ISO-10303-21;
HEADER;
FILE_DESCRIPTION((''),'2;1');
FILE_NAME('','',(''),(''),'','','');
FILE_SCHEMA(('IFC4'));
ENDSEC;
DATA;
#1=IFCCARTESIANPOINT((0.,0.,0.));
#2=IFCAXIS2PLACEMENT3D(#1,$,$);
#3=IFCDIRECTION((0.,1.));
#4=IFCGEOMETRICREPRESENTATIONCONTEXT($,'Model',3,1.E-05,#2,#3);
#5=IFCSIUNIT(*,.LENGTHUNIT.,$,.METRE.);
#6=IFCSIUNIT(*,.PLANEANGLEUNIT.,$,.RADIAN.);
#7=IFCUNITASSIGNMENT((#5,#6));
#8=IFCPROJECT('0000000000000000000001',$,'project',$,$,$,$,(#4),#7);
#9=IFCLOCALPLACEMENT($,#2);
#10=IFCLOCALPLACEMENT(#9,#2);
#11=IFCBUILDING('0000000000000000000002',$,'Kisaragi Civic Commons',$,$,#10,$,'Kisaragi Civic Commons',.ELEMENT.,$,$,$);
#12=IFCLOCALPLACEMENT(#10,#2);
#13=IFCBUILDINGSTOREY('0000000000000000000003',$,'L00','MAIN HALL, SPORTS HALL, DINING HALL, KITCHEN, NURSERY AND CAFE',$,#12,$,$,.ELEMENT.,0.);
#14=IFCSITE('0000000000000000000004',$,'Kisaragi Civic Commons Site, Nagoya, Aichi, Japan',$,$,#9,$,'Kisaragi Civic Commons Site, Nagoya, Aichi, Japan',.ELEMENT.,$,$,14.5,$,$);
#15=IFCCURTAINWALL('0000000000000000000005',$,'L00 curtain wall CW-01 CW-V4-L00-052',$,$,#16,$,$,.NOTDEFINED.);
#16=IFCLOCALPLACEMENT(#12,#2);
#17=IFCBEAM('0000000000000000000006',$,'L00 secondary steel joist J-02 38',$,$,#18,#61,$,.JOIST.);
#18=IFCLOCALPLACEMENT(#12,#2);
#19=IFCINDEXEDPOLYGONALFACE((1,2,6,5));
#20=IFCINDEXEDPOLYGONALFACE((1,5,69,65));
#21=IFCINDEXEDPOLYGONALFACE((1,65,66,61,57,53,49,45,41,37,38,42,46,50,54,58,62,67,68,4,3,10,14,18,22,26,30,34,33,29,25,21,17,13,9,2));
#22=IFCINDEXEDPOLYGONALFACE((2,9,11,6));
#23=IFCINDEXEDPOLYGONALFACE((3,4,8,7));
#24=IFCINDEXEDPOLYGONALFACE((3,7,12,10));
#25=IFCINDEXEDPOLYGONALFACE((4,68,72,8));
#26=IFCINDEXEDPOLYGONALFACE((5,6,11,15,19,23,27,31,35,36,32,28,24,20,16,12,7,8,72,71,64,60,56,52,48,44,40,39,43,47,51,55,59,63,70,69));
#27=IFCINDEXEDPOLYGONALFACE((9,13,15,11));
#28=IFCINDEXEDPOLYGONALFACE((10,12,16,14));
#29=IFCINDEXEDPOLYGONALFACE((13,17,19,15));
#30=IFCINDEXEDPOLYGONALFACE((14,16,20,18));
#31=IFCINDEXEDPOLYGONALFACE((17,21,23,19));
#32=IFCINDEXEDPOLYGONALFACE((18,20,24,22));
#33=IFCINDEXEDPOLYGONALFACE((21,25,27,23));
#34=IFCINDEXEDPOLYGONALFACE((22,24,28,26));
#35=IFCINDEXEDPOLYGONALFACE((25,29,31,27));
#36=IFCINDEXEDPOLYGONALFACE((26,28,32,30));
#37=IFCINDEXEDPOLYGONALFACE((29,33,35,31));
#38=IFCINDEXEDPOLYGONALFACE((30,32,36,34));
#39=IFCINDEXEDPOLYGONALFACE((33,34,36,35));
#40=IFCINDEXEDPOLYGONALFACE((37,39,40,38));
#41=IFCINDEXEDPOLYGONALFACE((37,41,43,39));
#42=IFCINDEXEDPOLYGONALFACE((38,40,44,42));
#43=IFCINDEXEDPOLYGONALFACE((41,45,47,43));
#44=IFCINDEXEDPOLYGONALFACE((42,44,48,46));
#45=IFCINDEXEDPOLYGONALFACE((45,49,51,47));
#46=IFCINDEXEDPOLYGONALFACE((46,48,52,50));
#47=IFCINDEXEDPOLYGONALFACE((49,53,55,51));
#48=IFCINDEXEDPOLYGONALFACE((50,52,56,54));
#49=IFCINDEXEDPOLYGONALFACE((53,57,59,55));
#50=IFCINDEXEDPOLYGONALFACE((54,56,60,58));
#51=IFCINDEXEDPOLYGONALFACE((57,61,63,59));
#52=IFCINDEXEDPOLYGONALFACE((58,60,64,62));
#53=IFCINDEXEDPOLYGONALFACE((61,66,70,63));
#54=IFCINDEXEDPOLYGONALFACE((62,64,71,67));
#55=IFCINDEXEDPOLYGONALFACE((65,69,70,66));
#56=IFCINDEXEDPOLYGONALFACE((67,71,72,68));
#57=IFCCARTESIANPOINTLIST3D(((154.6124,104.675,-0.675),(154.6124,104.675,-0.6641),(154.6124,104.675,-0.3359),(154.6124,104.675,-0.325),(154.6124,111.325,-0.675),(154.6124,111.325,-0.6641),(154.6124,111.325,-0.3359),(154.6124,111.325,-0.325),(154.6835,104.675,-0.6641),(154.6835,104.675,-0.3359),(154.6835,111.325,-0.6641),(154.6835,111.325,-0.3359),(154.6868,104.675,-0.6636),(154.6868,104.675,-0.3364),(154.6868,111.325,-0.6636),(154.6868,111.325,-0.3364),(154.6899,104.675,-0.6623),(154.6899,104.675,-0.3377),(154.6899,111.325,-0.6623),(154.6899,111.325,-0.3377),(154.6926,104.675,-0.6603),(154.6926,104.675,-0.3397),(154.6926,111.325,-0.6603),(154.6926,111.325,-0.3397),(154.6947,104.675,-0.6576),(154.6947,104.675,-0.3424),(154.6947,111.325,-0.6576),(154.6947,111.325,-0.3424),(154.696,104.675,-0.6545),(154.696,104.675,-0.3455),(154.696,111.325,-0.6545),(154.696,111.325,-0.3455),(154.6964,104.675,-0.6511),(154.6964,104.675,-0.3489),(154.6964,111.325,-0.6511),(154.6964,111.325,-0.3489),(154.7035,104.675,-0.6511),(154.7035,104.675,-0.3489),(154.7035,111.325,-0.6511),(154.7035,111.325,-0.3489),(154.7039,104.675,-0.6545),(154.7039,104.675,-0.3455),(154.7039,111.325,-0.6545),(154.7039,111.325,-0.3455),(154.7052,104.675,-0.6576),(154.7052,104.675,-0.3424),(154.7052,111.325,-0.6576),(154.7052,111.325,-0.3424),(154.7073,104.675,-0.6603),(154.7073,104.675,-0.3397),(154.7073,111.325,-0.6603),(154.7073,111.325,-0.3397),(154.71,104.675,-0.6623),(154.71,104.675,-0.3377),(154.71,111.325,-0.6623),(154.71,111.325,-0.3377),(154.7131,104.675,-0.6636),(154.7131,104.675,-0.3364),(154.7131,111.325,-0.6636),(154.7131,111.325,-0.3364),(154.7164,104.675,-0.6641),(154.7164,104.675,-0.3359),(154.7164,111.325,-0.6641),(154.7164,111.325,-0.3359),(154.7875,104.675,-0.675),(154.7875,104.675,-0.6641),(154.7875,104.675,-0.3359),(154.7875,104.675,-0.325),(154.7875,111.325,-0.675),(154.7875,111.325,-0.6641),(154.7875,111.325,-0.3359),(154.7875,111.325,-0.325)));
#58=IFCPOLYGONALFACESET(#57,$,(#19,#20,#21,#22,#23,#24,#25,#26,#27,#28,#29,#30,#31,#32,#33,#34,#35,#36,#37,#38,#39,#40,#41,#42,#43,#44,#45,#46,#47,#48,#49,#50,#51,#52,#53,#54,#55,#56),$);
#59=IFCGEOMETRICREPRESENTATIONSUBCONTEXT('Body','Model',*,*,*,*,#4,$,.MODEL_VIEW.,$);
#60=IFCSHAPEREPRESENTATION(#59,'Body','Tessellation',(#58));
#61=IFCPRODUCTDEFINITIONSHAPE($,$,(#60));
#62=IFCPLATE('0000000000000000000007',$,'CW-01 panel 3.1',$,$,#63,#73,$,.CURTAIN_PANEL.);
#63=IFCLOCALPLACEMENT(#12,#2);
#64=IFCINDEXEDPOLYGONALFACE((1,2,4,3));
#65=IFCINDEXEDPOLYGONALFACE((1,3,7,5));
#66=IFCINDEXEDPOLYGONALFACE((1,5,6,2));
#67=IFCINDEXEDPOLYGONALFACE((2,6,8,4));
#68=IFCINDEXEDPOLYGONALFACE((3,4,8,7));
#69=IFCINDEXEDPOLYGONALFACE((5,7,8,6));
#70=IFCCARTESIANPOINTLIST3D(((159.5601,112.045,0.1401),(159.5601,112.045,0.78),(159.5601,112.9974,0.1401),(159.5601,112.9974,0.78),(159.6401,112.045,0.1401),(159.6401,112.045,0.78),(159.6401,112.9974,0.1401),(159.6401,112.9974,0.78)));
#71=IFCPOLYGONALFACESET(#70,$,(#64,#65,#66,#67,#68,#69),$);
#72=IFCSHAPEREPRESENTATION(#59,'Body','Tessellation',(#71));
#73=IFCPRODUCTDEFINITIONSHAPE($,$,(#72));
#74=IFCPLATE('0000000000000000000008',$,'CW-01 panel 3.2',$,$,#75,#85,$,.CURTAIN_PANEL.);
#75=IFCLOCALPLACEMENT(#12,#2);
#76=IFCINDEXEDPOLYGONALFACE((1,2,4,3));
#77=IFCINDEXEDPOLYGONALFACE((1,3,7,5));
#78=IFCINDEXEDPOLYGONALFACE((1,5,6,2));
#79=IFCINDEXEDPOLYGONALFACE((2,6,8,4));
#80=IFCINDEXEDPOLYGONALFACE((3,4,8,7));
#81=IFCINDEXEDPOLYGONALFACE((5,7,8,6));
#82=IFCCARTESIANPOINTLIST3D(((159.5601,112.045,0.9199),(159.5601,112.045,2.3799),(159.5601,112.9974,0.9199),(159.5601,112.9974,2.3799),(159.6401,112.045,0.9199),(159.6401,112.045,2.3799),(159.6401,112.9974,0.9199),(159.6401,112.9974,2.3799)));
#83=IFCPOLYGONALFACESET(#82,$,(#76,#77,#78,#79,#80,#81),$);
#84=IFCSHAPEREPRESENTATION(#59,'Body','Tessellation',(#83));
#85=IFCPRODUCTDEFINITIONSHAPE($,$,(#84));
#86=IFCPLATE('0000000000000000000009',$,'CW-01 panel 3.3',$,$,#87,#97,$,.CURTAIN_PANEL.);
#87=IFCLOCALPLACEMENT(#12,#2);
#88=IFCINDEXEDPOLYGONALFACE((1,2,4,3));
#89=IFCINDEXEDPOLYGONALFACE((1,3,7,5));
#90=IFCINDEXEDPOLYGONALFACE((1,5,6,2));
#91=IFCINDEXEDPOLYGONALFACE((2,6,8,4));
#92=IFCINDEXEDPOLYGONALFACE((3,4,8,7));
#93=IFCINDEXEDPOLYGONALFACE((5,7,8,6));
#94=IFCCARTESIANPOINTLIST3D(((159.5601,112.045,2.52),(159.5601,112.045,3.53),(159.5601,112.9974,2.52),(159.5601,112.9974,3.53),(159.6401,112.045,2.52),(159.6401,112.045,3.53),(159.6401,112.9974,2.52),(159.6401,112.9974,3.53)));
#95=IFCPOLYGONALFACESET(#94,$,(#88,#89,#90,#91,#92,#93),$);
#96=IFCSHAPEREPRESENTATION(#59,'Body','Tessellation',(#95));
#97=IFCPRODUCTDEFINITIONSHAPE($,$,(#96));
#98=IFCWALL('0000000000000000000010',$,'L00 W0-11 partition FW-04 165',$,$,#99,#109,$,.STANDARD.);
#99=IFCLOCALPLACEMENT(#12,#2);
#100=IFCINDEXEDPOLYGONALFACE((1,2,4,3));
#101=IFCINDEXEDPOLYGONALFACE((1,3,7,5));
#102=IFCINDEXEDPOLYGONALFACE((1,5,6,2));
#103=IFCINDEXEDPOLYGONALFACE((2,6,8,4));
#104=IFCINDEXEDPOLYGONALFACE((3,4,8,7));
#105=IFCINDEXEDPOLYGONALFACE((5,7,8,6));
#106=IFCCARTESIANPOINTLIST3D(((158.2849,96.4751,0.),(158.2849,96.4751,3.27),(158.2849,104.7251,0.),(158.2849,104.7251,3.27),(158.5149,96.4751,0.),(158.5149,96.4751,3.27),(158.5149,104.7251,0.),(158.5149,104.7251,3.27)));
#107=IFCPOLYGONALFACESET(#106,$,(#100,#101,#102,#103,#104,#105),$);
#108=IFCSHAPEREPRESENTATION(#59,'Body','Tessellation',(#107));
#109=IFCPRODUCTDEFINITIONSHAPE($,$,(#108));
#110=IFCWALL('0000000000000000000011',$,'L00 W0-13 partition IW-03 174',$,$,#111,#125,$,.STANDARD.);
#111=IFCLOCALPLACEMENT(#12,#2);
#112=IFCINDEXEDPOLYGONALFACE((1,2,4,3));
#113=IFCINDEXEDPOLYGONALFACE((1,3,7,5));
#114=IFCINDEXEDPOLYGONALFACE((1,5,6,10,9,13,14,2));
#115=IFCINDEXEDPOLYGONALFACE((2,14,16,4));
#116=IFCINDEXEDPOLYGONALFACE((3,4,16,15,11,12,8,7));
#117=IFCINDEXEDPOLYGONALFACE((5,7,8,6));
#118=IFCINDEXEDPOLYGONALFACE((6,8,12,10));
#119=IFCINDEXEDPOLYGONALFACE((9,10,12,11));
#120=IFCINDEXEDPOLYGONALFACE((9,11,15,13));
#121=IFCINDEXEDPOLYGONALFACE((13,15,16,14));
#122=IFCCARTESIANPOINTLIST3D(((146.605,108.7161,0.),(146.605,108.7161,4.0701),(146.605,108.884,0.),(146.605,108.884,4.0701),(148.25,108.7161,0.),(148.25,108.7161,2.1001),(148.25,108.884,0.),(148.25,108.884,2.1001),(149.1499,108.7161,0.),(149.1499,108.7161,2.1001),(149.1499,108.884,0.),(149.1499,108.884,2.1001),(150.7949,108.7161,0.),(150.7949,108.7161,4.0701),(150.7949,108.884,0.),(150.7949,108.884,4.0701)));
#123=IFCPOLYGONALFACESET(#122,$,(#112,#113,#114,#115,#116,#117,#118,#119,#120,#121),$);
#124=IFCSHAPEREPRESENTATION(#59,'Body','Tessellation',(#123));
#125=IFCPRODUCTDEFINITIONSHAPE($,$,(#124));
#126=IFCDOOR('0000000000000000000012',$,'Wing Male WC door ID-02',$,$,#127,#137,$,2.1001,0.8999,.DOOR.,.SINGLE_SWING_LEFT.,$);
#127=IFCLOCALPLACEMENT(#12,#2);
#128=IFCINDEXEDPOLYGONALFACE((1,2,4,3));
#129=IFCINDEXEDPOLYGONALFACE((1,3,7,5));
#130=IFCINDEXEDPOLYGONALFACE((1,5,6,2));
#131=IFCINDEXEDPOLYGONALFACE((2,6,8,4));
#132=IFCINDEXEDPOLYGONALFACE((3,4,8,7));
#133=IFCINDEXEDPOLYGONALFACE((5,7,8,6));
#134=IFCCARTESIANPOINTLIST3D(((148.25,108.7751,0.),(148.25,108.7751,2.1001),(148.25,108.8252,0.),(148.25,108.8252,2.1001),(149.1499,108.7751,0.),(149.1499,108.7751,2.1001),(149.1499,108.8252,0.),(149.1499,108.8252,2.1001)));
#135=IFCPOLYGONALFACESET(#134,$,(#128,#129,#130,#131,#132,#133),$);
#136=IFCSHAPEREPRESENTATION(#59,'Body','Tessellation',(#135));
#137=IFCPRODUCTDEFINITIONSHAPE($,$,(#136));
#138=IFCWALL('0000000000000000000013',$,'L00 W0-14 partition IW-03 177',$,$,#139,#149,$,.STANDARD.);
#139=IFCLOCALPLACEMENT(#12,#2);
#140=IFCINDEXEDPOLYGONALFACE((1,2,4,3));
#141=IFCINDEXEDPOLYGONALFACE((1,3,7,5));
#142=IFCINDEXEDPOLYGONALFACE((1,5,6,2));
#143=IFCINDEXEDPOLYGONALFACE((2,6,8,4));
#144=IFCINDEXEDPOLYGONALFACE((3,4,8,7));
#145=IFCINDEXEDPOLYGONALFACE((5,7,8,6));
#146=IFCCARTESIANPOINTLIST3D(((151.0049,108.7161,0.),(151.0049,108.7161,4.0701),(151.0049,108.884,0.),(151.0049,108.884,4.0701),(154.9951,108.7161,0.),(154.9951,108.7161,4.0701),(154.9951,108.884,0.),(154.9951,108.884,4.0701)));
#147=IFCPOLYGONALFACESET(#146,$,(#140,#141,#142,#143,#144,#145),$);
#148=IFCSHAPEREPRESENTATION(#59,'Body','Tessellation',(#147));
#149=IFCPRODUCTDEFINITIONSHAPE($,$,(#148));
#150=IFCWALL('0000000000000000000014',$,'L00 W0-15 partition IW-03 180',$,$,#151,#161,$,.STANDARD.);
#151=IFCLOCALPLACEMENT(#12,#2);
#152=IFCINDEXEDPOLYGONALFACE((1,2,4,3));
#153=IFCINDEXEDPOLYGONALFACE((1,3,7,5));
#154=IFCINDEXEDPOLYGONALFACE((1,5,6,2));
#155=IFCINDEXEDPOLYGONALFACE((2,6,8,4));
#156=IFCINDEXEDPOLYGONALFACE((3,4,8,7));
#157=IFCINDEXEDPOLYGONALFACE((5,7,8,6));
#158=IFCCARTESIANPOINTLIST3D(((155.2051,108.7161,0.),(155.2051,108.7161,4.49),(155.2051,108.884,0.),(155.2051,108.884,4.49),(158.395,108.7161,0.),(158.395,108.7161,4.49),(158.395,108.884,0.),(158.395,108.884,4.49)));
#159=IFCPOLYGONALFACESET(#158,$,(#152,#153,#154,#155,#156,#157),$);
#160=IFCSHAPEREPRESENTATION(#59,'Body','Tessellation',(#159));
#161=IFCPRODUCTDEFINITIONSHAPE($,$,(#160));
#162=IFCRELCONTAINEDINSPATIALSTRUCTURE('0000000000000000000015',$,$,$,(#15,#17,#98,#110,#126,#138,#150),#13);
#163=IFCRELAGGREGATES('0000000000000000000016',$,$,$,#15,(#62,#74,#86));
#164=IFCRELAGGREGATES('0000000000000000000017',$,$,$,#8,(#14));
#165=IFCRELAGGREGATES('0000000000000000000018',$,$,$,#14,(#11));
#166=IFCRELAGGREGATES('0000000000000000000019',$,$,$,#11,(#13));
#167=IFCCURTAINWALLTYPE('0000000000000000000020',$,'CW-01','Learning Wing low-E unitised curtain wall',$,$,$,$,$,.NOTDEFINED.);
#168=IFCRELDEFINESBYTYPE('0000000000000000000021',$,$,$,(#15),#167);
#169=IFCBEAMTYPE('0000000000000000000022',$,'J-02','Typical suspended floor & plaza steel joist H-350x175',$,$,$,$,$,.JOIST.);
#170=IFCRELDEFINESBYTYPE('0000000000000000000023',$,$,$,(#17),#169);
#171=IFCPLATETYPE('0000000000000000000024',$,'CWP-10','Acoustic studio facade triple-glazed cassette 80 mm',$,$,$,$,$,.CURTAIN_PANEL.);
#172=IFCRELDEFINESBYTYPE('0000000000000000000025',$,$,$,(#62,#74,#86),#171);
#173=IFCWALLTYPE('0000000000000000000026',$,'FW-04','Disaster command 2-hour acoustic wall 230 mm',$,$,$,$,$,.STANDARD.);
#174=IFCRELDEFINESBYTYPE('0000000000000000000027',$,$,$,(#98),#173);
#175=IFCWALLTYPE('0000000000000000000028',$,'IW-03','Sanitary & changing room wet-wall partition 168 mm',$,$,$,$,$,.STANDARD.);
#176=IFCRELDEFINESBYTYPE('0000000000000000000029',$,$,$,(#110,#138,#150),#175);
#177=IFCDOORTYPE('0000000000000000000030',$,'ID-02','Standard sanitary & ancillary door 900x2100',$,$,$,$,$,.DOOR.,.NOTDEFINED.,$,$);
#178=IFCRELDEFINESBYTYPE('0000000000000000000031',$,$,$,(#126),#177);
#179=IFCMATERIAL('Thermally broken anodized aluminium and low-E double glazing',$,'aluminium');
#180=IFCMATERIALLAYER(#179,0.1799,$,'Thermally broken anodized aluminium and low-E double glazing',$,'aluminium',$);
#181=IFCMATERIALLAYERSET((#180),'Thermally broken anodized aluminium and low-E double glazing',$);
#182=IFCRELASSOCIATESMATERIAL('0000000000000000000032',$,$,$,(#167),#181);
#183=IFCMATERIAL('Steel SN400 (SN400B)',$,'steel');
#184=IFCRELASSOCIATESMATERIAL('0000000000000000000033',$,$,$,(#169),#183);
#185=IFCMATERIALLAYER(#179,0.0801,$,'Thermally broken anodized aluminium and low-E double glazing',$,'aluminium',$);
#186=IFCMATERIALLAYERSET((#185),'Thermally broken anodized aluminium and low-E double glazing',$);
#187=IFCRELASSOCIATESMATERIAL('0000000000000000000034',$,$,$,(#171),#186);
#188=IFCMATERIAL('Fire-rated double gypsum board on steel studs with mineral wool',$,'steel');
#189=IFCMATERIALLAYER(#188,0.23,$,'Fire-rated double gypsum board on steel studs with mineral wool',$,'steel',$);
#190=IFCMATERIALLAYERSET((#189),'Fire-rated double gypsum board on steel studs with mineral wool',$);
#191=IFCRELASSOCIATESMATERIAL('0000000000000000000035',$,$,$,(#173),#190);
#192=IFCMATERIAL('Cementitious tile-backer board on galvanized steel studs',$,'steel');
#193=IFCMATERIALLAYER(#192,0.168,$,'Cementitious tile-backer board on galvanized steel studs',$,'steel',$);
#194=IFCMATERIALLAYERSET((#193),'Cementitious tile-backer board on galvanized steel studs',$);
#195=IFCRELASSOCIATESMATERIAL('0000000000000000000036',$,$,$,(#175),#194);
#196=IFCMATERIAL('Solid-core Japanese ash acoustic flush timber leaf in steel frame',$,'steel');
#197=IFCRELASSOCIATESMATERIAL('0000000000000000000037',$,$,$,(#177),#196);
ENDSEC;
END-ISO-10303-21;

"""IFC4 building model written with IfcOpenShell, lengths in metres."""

from ifc_helpers import new_model, si_unit, direction, frame, frame_2d, origin, origin_2d, place, context, subcontext, project, spatial, rectangle, i_section, extrude, material, layer, layer_set, material_profile, profile_set, type_object, element, fill, aggregate, save


model = new_model("IFC4")

# Units and contexts
model_context = context("Model", 3, precision=1e-05, world=origin(), true_north=direction((0.0, 1.0)))
body_context = subcontext(model_context, "Body", "Model", "MODEL_VIEW")
ifc_project = project(units=[si_unit("LENGTHUNIT", "METRE"), si_unit("PLANEANGLEUNIT", "RADIAN")], contexts=[model_context])

# Site, building, storey
site_placement = place(None, origin())
site = spatial("IfcSite", under=ifc_project, at=site_placement, Name="Kisaragi Civic Commons Site, Nagoya, Aichi, Japan", LongName="Kisaragi Civic Commons Site, Nagoya, Aichi, Japan", CompositionType="ELEMENT", RefElevation=14.5)
building_placement = place(site_placement, origin())
building = spatial("IfcBuilding", under=site, at=building_placement, Name="Kisaragi Civic Commons", LongName="Kisaragi Civic Commons", CompositionType="ELEMENT")
storey_placement = place(building_placement, origin())
storey = spatial("IfcBuildingStorey", under=building, at=storey_placement, Name="L00", Description="MAIN HALL, SPORTS HALL, DINING HALL, KITCHEN, NURSERY AND CAFE", CompositionType="ELEMENT", Elevation=0.0)

# Curtain wall
ifc_material_1 = material(Name="Thermally broken anodized aluminium and low-E double glazing", Category="aluminium")
ifc_layer_1 = layer(ifc_material_1, 0.1799, Name="Thermally broken anodized aluminium and low-E double glazing", Category="aluminium")
ifc_layer_set_1 = layer_set([ifc_layer_1], Name="Thermally broken anodized aluminium and low-E double glazing")
curtain_wall_type = type_object("IfcCurtainWallType", Name="CW-01", Description="Learning Wing low-E unitised curtain wall", PredefinedType="NOTDEFINED", material=ifc_layer_set_1)
curtain_wall_placement = place(storey_placement, origin())
curtain_wall = element("IfcCurtainWall", 1, at=curtain_wall_placement, inside=storey, type_object=curtain_wall_type, Name="L00 curtain wall CW-01 CW-V4-L00-052", PredefinedType="NOTDEFINED")

# Beam
ifc_material_2 = material(Name="Steel SN400 (SN400B)", Category="steel")
ifc_material_profile_1 = material_profile(ifc_material_2, i_section(OverallWidth=0.175, OverallDepth=0.3501, WebThickness=0.0071, FlangeThickness=0.011, FilletRadius=0.0129, at=origin_2d()), Name="H-350x175x7x11", Category="steel")
ifc_profile_set_1 = profile_set([ifc_material_profile_1], Name="Steel SN400 (SN400B)")
beam_type = type_object("IfcBeamType", Name="J-02", Description="Typical suspended floor & plaza steel joist H-350x175", PredefinedType="JOIST", material=ifc_profile_set_1)
for number, where, z_axis, x_axis, name in (
    (2, (154.7, 104.675, -0.5), (0.0, 1.0, 0.0), (-1.0, 0.0, 0.0), "L00 secondary steel joist J-02 38"),
):
    element("IfcBeam", number, at=place(storey_placement, frame(where, z_axis=z_axis, x_axis=x_axis)), inside=storey, type_object=beam_type, Name=name, PredefinedType="JOIST", context=body_context, shape_type="SweptSolid", body=[
        extrude(i_section(OverallWidth=0.175, OverallDepth=0.3501, WebThickness=0.0071, FlangeThickness=0.011, FilletRadius=0.0129, at=origin_2d()), origin(), (0.0, 0.0, 1.0), 6.6499),
    ])

# Plates
ifc_layer_2 = layer(ifc_material_1, 0.0801, Name="Thermally broken anodized aluminium and low-E double glazing", Category="aluminium")
ifc_layer_set_2 = layer_set([ifc_layer_2], Name="Thermally broken anodized aluminium and low-E double glazing")
plate_type = type_object("IfcPlateType", Name="CWP-10", Description="Acoustic studio facade triple-glazed cassette 80 mm", PredefinedType="CURTAIN_PANEL", material=ifc_layer_set_2)
plate_1_placement = place(storey_placement, frame((159.6001, 112.5212, 0.1401), z_axis=(0.0, 0.0, 1.0), x_axis=(0.0, -1.0, 0.0)))
plate_1 = element("IfcPlate", 3, at=plate_1_placement, type_object=plate_type, Name="CW-01 panel 3.1", PredefinedType="CURTAIN_PANEL", context=body_context, shape_type="SweptSolid", body=[
    extrude(rectangle(XDim=0.9524, YDim=0.0801, at=origin_2d()), origin(), (0.0, 0.0, 1.0), 0.6399),
])
plate_2_placement = place(storey_placement, frame((159.6001, 112.5212, 0.9199), z_axis=(0.0, 0.0, 1.0), x_axis=(0.0, -1.0, 0.0)))
plate_2 = element("IfcPlate", 4, at=plate_2_placement, type_object=plate_type, Name="CW-01 panel 3.2", PredefinedType="CURTAIN_PANEL", context=body_context, shape_type="SweptSolid", body=[
    extrude(rectangle(XDim=0.9524, YDim=0.0801, at=origin_2d()), origin(), (0.0, 0.0, 1.0), 1.46),
])
plate_3_placement = place(storey_placement, frame((159.6001, 112.5212, 2.52), z_axis=(0.0, 0.0, 1.0), x_axis=(0.0, -1.0, 0.0)))
plate_3 = element("IfcPlate", 5, at=plate_3_placement, type_object=plate_type, Name="CW-01 panel 3.3", PredefinedType="CURTAIN_PANEL", context=body_context, shape_type="SweptSolid", body=[
    extrude(rectangle(XDim=0.9524, YDim=0.0801, at=origin_2d()), origin(), (0.0, 0.0, 1.0), 1.01),
])
aggregate(curtain_wall, [plate_1, plate_2, plate_3])

# Wall
ifc_material_3 = material(Name="Fire-rated double gypsum board on steel studs with mineral wool", Category="steel")
ifc_layer_3 = layer(ifc_material_3, 0.23, Name="Fire-rated double gypsum board on steel studs with mineral wool", Category="steel")
ifc_layer_set_3 = layer_set([ifc_layer_3], Name="Fire-rated double gypsum board on steel studs with mineral wool")
wall_type_1 = type_object("IfcWallType", Name="FW-04", Description="Disaster command 2-hour acoustic wall 230 mm", PredefinedType="STANDARD", material=ifc_layer_set_3)
wall_1_placement = place(storey_placement, frame((158.3999, 104.7251, 0.0), z_axis=(0.0, 0.0, 1.0), x_axis=(0.0, -1.0, 0.0)))
element("IfcWall", 6, at=wall_1_placement, inside=storey, type_object=wall_type_1, Name="L00 W0-11 partition FW-04 165", PredefinedType="STANDARD", context=body_context, shape_type="SweptSolid", body=[
    extrude(rectangle(XDim=8.25, YDim=0.23, at=frame_2d((4.125, 0.0))), origin(), (0.0, 0.0, 1.0), 3.27),
])

# Wall, opening, door
ifc_material_4 = material(Name="Cementitious tile-backer board on galvanized steel studs", Category="steel")
ifc_layer_4 = layer(ifc_material_4, 0.168, Name="Cementitious tile-backer board on galvanized steel studs", Category="steel")
ifc_layer_set_4 = layer_set([ifc_layer_4], Name="Cementitious tile-backer board on galvanized steel studs")
wall_type_2 = type_object("IfcWallType", Name="IW-03", Description="Sanitary & changing room wet-wall partition 168 mm", PredefinedType="STANDARD", material=ifc_layer_set_4)
wall_2_placement = place(storey_placement, frame((150.7949, 108.8, 0.0), z_axis=(0.0, 0.0, 1.0), x_axis=(-1.0, 0.0, 0.0)))
wall_2 = element("IfcWall", 7, at=wall_2_placement, inside=storey, type_object=wall_type_2, Name="L00 W0-13 partition IW-03 174", PredefinedType="STANDARD", context=body_context, shape_type="SweptSolid", body=[
    extrude(rectangle(XDim=4.1899, YDim=0.168, at=frame_2d((2.095, 0.0))), origin(), (0.0, 0.0, 1.0), 4.0701),
])
opening_1_placement = place(wall_2_placement, frame((1.645, 0.0, 0.0)))
opening_1 = element("IfcOpeningElement", 8, at=opening_1_placement, cuts=wall_2, PredefinedType="OPENING", context=body_context, shape_type="SweptSolid", body=[
    extrude(rectangle(XDim=0.8999, YDim=2.1001, at=frame_2d((0.45, 1.05))), frame((0.0, 0.094, 0.0), z_axis=(0.0, -1.0, 0.0), x_axis=(1.0, 0.0, 0.0)), (0.0, 0.0, 1.0), 0.188),
])
ifc_material_5 = material(Name="Solid-core Japanese ash acoustic flush timber leaf in steel frame", Category="steel")
door_type_1 = type_object("IfcDoorType", Name="ID-02", Description="Standard sanitary & ancillary door 900x2100", OperationType="NOTDEFINED", PredefinedType="DOOR", material=ifc_material_5)
door_1_placement = place(opening_1_placement, origin())
door_1 = element("IfcDoor", 9, at=door_1_placement, inside=storey, type_object=door_type_1, Name="Wing Male WC door ID-02", OperationType="SINGLE_SWING_LEFT", OverallHeight=2.1001, OverallWidth=0.8999, PredefinedType="DOOR", context=body_context, shape_type="SweptSolid", body=[
    extrude(rectangle(XDim=0.8999, YDim=2.1001, at=frame_2d((0.45, 1.05))), frame((0.0, 0.0249, 0.0), z_axis=(0.0, -1.0, 0.0), x_axis=(1.0, 0.0, 0.0)), (0.0, 0.0, 1.0), 0.05),
])
fill(opening_1, door_1)

# Walls
wall_3_placement = place(storey_placement, frame((154.9951, 108.8, 0.0), z_axis=(0.0, 0.0, 1.0), x_axis=(-1.0, 0.0, 0.0)))
element("IfcWall", 10, at=wall_3_placement, inside=storey, type_object=wall_type_2, Name="L00 W0-14 partition IW-03 177", PredefinedType="STANDARD", context=body_context, shape_type="SweptSolid", body=[
    extrude(rectangle(XDim=3.9902, YDim=0.168, at=frame_2d((1.9951, 0.0))), origin(), (0.0, 0.0, 1.0), 4.0701),
])
wall_4_placement = place(storey_placement, frame((158.395, 108.8, 0.0), z_axis=(0.0, 0.0, 1.0), x_axis=(-1.0, 0.0, 0.0)))
element("IfcWall", 11, at=wall_4_placement, inside=storey, type_object=wall_type_2, Name="L00 W0-15 partition IW-03 180", PredefinedType="STANDARD", context=body_context, shape_type="SweptSolid", body=[
    extrude(rectangle(XDim=3.1899, YDim=0.168, at=frame_2d((1.595, 0.0))), origin(), (0.0, 0.0, 1.0), 4.49),
])

save(model, "model.ifc")
